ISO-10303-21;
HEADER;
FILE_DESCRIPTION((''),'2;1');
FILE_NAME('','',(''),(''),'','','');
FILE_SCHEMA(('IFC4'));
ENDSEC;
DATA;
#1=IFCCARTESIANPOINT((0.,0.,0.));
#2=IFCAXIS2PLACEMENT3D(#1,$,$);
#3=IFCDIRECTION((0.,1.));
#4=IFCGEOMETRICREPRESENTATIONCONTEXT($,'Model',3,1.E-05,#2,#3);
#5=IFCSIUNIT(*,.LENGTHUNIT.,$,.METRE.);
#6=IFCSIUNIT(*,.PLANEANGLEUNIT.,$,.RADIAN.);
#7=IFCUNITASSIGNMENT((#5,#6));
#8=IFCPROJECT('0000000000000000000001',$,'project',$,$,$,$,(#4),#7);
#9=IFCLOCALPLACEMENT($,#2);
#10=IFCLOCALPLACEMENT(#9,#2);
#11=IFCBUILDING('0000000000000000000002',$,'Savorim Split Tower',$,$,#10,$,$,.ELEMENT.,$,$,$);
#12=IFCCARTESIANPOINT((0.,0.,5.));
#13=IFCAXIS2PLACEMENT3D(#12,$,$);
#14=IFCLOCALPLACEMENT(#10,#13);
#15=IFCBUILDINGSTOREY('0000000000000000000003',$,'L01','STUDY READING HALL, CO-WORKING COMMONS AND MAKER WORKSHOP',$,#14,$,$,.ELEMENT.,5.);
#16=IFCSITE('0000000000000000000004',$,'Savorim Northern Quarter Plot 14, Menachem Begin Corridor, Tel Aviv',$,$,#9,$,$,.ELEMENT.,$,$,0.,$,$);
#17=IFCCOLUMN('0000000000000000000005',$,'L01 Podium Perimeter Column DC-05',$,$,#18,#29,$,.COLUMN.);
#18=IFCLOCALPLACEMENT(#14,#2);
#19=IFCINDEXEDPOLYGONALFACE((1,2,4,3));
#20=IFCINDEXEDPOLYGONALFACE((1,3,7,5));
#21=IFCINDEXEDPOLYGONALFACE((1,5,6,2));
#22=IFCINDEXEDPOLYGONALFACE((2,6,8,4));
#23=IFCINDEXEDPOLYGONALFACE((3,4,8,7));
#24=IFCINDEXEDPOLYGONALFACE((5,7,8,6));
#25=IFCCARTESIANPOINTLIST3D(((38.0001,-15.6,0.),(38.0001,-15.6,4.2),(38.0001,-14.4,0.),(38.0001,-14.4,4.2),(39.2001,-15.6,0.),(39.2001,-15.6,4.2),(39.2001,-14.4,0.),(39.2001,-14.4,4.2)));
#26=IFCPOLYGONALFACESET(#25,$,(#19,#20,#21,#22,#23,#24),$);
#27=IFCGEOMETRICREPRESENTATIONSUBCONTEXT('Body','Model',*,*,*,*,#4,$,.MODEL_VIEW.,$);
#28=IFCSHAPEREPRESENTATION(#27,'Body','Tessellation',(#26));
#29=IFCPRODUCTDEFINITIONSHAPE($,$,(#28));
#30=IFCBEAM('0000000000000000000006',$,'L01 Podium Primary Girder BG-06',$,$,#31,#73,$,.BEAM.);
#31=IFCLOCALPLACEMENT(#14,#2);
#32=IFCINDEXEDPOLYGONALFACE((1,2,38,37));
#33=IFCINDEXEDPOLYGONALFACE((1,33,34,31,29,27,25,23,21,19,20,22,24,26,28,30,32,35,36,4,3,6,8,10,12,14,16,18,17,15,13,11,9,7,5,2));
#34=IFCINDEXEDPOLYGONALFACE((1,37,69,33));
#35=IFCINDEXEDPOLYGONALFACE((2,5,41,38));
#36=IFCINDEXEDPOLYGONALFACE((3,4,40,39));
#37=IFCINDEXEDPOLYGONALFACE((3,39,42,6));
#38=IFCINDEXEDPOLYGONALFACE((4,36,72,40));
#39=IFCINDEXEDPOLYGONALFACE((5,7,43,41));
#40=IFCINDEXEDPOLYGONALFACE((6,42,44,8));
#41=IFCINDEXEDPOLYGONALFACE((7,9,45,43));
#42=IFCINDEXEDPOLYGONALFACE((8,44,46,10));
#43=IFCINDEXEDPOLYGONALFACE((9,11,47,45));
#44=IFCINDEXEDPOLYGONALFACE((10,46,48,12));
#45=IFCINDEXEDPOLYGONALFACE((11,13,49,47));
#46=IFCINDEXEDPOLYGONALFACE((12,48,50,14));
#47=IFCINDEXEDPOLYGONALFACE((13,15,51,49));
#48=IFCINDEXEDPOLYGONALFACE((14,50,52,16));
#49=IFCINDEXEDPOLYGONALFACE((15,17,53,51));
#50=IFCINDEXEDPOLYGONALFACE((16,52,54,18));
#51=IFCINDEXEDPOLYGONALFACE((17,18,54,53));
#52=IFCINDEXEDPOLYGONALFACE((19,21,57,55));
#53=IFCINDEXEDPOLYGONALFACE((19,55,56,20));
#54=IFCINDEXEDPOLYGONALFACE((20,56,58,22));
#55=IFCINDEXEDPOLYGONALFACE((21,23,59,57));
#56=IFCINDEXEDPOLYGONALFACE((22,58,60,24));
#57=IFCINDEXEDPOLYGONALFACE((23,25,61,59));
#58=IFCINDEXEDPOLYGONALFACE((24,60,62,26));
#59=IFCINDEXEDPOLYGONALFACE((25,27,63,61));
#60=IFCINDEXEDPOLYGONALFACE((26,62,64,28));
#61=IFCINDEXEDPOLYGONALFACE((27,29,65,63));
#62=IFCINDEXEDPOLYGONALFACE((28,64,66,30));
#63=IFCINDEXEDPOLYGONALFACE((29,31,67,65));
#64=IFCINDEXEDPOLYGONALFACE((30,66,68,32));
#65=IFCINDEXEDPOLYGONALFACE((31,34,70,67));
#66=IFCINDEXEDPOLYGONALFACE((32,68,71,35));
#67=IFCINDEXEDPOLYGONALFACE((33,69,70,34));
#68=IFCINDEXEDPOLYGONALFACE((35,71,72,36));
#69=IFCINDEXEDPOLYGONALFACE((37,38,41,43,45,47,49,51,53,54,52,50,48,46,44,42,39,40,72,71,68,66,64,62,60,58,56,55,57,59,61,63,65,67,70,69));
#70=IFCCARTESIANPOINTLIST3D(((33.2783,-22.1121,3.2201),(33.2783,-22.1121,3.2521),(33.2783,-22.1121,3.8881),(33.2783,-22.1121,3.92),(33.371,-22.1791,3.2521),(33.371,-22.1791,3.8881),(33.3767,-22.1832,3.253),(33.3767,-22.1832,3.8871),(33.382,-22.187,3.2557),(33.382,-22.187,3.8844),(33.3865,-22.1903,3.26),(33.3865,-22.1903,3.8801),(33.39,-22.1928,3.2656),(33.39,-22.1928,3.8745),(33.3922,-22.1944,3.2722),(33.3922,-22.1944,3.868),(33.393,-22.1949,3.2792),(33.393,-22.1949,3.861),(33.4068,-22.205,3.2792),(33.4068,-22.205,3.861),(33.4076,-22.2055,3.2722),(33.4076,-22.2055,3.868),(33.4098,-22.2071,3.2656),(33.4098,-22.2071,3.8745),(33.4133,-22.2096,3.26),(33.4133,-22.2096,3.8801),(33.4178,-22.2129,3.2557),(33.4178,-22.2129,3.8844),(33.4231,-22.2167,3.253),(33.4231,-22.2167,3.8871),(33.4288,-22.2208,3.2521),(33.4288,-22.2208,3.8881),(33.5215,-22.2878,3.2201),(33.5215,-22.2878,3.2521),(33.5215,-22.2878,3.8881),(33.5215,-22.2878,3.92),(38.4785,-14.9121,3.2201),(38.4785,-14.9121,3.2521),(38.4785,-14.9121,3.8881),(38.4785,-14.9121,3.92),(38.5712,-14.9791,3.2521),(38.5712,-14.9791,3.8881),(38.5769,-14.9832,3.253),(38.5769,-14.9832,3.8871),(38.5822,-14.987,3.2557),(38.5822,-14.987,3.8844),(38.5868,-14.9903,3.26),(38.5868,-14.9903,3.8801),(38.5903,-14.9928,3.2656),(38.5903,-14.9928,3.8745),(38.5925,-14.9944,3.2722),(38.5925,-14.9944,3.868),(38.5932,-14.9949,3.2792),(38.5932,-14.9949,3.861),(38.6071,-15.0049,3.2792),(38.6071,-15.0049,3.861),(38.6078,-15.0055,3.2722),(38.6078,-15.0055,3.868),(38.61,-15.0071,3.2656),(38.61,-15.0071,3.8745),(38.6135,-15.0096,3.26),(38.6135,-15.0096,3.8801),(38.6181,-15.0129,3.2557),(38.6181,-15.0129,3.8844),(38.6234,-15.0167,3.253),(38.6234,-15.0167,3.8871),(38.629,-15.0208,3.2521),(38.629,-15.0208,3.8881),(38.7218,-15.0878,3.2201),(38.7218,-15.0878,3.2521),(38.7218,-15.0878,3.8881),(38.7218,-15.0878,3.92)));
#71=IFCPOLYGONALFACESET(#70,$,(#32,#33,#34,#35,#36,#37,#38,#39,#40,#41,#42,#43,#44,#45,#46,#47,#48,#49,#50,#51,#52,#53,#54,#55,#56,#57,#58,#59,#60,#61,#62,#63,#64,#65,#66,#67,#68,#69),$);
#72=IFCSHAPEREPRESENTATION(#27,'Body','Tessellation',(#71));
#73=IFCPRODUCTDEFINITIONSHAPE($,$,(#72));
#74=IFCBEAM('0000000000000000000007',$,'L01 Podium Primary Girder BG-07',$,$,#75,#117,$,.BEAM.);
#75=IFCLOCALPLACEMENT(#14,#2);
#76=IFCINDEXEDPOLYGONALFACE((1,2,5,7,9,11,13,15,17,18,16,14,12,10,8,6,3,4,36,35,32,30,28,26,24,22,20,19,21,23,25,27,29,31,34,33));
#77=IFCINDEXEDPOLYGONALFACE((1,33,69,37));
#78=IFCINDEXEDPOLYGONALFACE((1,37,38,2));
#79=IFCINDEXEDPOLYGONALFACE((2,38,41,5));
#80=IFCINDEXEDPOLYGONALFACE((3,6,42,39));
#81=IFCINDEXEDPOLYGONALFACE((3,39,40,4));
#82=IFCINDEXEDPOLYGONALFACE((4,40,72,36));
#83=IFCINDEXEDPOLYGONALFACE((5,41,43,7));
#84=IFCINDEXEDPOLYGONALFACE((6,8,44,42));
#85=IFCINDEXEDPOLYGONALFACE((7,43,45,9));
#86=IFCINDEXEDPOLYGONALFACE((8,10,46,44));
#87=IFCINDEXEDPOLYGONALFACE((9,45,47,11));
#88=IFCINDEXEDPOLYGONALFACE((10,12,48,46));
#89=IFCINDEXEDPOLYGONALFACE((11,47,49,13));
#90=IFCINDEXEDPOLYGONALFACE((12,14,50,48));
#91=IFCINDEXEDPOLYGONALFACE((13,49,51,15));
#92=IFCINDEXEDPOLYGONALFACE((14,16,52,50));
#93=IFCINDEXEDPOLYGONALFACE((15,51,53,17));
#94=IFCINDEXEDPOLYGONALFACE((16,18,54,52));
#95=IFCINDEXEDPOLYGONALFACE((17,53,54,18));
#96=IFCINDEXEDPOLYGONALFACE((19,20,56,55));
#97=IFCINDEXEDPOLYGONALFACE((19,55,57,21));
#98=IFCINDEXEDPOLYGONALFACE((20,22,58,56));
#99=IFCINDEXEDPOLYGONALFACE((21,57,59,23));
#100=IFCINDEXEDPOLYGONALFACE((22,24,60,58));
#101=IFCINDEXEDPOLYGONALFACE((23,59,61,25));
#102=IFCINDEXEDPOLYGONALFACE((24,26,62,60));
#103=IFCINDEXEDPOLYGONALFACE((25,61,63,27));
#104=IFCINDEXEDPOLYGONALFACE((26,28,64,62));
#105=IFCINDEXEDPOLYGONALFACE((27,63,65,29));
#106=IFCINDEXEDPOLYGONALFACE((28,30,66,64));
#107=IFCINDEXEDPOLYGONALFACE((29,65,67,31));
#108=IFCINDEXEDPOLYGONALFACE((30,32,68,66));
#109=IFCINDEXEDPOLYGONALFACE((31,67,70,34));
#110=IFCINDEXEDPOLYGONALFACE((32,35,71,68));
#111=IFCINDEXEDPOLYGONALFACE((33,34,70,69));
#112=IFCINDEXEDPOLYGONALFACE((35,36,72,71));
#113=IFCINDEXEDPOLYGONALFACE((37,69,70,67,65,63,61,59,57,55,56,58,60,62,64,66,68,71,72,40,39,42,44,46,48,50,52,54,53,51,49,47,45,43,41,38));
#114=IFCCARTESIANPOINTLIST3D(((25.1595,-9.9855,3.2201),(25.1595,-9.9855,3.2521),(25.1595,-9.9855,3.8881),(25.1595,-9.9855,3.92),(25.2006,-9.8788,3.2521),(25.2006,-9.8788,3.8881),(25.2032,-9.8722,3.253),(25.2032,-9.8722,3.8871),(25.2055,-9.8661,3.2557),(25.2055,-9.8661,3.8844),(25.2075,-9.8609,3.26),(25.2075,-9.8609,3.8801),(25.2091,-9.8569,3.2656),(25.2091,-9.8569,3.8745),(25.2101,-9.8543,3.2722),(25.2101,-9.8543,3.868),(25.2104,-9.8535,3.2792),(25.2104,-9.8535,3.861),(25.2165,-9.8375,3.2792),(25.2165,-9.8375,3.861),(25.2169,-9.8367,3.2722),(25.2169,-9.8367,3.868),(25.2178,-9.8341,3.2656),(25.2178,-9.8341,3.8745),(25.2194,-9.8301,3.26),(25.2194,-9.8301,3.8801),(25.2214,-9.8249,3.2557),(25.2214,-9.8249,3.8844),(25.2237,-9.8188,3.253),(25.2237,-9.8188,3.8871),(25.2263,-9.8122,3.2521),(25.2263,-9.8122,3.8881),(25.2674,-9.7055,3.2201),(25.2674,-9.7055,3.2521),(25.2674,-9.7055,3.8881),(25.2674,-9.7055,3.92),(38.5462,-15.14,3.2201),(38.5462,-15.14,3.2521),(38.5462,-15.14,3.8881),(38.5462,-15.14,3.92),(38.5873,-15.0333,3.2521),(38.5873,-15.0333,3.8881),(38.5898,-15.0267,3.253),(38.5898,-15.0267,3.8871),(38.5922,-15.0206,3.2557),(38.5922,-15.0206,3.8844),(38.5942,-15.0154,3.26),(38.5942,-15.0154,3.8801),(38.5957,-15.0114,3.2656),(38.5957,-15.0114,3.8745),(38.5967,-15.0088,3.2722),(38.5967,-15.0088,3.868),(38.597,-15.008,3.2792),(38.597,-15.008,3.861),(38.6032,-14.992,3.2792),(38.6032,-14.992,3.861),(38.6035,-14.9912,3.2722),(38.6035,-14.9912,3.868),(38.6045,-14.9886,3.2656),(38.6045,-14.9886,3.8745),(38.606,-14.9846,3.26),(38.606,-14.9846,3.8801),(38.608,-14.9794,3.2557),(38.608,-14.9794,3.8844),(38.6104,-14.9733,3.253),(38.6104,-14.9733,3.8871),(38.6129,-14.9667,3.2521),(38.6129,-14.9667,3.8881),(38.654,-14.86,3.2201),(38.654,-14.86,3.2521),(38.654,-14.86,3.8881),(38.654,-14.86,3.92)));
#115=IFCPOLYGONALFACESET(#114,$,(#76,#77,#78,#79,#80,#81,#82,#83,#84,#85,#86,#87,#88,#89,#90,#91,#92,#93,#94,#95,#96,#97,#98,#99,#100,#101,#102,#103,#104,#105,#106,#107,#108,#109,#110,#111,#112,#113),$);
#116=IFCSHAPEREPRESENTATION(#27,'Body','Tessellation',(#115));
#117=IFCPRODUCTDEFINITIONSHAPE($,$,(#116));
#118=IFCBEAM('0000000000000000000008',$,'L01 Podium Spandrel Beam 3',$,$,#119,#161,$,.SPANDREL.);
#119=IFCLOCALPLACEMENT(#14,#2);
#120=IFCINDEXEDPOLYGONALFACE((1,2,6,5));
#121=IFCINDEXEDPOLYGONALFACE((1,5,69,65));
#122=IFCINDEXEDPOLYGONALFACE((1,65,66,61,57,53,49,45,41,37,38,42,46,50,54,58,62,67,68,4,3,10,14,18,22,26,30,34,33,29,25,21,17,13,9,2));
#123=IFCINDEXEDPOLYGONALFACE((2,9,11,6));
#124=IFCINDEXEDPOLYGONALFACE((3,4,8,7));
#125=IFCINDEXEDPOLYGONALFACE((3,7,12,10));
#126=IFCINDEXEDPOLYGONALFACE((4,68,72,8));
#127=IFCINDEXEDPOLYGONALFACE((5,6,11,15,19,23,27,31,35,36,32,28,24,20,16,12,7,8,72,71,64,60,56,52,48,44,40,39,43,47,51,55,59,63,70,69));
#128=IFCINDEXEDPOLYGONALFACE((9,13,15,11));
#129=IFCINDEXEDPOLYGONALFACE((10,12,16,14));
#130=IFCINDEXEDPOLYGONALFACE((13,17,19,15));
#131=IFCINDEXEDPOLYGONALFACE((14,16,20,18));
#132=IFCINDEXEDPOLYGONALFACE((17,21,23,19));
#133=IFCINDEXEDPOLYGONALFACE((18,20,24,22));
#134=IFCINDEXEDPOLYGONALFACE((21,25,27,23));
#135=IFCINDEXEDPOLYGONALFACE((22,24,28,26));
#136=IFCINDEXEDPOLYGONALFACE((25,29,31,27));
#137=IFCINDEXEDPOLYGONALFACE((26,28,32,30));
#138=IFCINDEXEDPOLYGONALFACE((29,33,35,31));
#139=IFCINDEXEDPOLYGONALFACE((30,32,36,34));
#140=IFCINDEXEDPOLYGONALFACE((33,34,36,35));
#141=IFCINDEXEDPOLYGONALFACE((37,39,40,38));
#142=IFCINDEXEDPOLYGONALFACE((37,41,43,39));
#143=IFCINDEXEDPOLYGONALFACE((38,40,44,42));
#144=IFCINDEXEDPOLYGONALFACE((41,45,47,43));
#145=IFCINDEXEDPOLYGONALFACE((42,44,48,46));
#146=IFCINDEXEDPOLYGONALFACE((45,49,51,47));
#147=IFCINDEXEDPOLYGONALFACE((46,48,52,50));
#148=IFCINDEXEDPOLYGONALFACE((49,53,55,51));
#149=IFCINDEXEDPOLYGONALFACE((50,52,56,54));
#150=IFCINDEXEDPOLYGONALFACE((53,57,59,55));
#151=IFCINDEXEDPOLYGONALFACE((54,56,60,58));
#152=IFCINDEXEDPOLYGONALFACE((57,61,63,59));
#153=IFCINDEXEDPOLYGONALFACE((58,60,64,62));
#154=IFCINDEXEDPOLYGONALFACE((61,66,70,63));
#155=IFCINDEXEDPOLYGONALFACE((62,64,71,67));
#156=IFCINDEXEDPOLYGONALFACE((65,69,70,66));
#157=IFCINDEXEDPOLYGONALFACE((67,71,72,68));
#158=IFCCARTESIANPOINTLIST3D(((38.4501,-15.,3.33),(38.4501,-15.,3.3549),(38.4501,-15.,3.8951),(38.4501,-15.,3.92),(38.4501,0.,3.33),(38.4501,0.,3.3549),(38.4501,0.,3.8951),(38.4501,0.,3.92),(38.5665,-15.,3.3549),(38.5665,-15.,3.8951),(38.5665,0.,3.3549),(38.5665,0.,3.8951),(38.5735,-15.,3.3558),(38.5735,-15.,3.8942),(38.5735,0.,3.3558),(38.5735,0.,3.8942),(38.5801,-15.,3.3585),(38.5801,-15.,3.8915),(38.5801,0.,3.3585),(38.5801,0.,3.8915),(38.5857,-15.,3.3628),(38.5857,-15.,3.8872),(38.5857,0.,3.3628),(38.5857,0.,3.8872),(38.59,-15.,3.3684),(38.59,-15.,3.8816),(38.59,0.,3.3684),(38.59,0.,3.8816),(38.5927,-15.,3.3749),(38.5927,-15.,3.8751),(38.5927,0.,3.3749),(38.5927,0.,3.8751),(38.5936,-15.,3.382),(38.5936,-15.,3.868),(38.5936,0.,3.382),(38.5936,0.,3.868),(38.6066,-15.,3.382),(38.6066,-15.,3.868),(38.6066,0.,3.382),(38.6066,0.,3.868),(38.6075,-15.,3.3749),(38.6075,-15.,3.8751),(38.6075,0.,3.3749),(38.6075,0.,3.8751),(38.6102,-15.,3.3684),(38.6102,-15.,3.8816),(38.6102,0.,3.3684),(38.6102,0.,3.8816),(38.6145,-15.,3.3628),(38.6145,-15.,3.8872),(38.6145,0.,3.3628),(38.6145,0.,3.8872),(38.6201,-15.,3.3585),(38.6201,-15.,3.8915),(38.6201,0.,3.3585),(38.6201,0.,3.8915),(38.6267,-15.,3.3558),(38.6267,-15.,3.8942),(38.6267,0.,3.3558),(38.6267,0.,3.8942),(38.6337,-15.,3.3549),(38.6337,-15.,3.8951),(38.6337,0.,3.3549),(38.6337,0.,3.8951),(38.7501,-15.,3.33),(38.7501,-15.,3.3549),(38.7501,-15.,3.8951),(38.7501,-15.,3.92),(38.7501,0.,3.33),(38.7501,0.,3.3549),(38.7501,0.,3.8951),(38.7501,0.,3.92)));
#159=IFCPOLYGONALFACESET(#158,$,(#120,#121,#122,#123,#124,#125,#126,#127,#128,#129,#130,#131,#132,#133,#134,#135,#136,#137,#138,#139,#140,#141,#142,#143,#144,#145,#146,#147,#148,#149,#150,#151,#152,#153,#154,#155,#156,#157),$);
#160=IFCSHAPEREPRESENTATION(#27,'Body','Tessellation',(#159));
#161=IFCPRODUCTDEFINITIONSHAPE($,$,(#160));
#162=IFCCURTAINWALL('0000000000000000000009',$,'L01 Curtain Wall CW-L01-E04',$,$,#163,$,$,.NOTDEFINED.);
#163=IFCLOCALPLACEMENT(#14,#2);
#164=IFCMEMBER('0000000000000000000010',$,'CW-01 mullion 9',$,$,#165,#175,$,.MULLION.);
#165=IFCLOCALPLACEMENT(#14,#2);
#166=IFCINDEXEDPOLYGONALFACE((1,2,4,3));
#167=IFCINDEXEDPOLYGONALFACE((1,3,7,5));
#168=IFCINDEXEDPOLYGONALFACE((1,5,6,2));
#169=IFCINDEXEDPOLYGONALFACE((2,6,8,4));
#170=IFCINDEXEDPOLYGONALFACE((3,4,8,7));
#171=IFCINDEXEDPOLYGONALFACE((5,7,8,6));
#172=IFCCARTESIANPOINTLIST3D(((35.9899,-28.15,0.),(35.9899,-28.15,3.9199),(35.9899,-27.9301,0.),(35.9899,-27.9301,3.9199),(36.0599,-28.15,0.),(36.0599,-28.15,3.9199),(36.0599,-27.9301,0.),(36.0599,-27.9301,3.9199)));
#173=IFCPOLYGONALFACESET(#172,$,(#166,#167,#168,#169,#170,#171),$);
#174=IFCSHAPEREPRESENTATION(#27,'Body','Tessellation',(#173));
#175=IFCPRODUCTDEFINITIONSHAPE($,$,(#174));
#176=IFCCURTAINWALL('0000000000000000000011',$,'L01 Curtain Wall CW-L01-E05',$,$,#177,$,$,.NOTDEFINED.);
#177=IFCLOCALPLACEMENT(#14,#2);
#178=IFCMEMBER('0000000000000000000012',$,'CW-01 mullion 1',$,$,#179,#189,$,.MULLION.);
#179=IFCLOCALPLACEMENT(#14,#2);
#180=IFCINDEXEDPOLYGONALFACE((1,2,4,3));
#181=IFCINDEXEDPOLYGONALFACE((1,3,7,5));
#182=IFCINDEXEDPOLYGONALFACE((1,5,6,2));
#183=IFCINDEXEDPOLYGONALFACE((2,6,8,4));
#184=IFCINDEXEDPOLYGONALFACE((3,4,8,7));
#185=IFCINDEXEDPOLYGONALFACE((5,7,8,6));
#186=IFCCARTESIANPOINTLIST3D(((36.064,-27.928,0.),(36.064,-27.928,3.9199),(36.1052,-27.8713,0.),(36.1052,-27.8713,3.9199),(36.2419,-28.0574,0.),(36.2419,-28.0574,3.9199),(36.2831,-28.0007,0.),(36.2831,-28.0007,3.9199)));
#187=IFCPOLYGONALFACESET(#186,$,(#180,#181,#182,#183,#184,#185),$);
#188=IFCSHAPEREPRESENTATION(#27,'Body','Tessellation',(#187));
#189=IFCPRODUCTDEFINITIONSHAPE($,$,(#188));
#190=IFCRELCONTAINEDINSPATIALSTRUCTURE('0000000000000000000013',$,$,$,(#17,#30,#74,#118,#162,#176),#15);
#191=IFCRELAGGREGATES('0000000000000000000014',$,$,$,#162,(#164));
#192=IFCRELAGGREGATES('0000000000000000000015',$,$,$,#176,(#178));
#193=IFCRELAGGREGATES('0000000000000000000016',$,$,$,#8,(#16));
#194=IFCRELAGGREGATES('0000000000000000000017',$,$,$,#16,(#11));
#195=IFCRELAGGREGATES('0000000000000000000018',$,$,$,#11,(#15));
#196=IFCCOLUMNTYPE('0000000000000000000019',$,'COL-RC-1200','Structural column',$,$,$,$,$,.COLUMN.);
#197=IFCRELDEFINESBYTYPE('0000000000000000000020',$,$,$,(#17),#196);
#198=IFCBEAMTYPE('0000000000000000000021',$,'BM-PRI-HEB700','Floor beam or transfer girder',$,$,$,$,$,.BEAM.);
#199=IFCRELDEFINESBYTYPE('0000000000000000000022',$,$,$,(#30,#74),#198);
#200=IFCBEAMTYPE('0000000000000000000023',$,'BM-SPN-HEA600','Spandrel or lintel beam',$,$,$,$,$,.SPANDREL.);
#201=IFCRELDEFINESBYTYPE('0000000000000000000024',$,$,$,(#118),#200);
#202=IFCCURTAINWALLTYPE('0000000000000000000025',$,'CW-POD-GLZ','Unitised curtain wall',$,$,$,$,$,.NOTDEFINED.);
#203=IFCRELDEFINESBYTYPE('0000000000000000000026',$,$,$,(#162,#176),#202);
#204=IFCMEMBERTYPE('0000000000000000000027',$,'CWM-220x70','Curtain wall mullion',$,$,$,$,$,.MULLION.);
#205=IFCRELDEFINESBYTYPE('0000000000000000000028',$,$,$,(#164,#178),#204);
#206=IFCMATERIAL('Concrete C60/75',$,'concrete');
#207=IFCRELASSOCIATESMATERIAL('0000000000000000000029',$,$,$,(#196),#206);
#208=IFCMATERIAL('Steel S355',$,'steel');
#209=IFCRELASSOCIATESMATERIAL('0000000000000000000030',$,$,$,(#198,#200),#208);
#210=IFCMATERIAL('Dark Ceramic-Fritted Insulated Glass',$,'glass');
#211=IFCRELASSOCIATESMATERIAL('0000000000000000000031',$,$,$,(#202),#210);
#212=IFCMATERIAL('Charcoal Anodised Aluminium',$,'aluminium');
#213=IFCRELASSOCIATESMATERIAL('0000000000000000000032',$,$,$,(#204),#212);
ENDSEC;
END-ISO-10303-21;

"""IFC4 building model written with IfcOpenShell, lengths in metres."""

from ifc_helpers import new_model, si_unit, direction, frame, origin, origin_2d, place, context, subcontext, project, spatial, rectangle, i_section, extrude, material, material_profile, profile_set, type_object, element, aggregate, save


model = new_model("IFC4")

# Units and contexts
model_context = context("Model", 3, precision=1e-05, world=origin(), true_north=direction((0.0, 1.0)))
body_context = subcontext(model_context, "Body", "Model", "MODEL_VIEW")
ifc_project = project(units=[si_unit("LENGTHUNIT", "METRE"), si_unit("PLANEANGLEUNIT", "RADIAN")], contexts=[model_context])

# Site, building, storey
site_placement = place(None, origin())
site = spatial("IfcSite", under=ifc_project, at=site_placement, Name="Savorim Northern Quarter Plot 14, Menachem Begin Corridor, Tel Aviv", CompositionType="ELEMENT", RefElevation=0.0)
building_placement = place(site_placement, origin())
building = spatial("IfcBuilding", under=site, at=building_placement, Name="Savorim Split Tower", CompositionType="ELEMENT")
storey_placement = place(building_placement, frame((0.0, 0.0, 5.0)))
storey = spatial("IfcBuildingStorey", under=building, at=storey_placement, Name="L01", Description="STUDY READING HALL, CO-WORKING COMMONS AND MAKER WORKSHOP", CompositionType="ELEMENT", Elevation=5.0)

# Column
ifc_material_1 = material(Name="Concrete C60/75", Category="concrete")
ifc_material_profile_1 = material_profile(ifc_material_1, rectangle(XDim=1.2, YDim=1.2, at=origin_2d()), Name="RC 1200x1200")
ifc_profile_set_1 = profile_set([ifc_material_profile_1], Name="Concrete C60/75")
column_type = type_object("IfcColumnType", Name="COL-RC-1200", Description="Structural column", PredefinedType="COLUMN", material=ifc_profile_set_1)
column_placement = place(storey_placement, frame((38.6001, -15.0, 0.0), z_axis=(0.0, 0.0, 1.0), x_axis=(1.0, 0.0, 0.0)))
element("IfcColumn", 1, at=column_placement, inside=storey, type_object=column_type, Name="L01 Podium Perimeter Column DC-05", PredefinedType="COLUMN", context=body_context, shape_type="SweptSolid", body=[
    extrude(rectangle(XDim=1.2, YDim=1.2, at=origin_2d()), origin(), (0.0, 0.0, 1.0), 4.2),
])

# Beams
ifc_material_2 = material(Name="Steel S355", Category="steel")
ifc_material_profile_2 = material_profile(ifc_material_2, i_section(OverallWidth=0.3, OverallDepth=0.7, WebThickness=0.0171, FlangeThickness=0.032, FilletRadius=0.0271, at=origin_2d()), Name="HEB 700")
ifc_profile_set_2 = profile_set([ifc_material_profile_2], Name="Steel S355")
beam_type_1 = type_object("IfcBeamType", Name="BM-PRI-HEB700", Description="Floor beam or transfer girder", PredefinedType="BEAM", material=ifc_profile_set_2)
beam_1_placement = place(storey_placement, frame((33.3999, -22.2, 3.5701), z_axis=(0.585508, 0.810667, 0.0), x_axis=(-0.810667, 0.585508, 0.0)))
element("IfcBeam", 2, at=beam_1_placement, inside=storey, type_object=beam_type_1, Name="L01 Podium Primary Girder BG-06", PredefinedType="BEAM", context=body_context, shape_type="SweptSolid", body=[
    extrude(i_section(OverallWidth=0.3, OverallDepth=0.7, WebThickness=0.0171, FlangeThickness=0.032, FilletRadius=0.0271, at=origin_2d()), origin(), (0.0, 0.0, 1.0), 8.8816),
])
beam_2_placement = place(storey_placement, frame((38.6001, -15.0, 3.5701), z_axis=(-0.93321, 0.359331, 0.0), x_axis=(-0.359331, -0.93321, 0.0)))
element("IfcBeam", 3, at=beam_2_placement, inside=storey, type_object=beam_type_1, Name="L01 Podium Primary Girder BG-07", PredefinedType="BEAM", context=body_context, shape_type="SweptSolid", body=[
    extrude(i_section(OverallWidth=0.3, OverallDepth=0.7, WebThickness=0.0171, FlangeThickness=0.032, FilletRadius=0.0271, at=origin_2d()), origin(), (0.0, 0.0, 1.0), 14.3447),
])
ifc_material_profile_3 = material_profile(ifc_material_2, i_section(OverallWidth=0.3, OverallDepth=0.5901, WebThickness=0.0129, FlangeThickness=0.0249, FilletRadius=0.0271, at=origin_2d()), Name="HEA 600")
ifc_profile_set_3 = profile_set([ifc_material_profile_3], Name="Steel S355")
beam_type_2 = type_object("IfcBeamType", Name="BM-SPN-HEA600", Description="Spandrel or lintel beam", PredefinedType="SPANDREL", material=ifc_profile_set_3)
beam_3_placement = place(storey_placement, frame((38.6001, -15.0, 3.625), z_axis=(0.0, 1.0, 0.0), x_axis=(-1.0, 0.0, 0.0)))
element("IfcBeam", 4, at=beam_3_placement, inside=storey, type_object=beam_type_2, Name="L01 Podium Spandrel Beam 3", PredefinedType="SPANDREL", context=body_context, shape_type="SweptSolid", body=[
    extrude(i_section(OverallWidth=0.3, OverallDepth=0.5901, WebThickness=0.0129, FlangeThickness=0.0249, FilletRadius=0.0271, at=origin_2d()), origin(), (0.0, 0.0, 1.0), 15.0),
])

# Curtain wall, member
ifc_material_3 = material(Name="Dark Ceramic-Fritted Insulated Glass", Category="glass")
curtain_wall_type = type_object("IfcCurtainWallType", Name="CW-POD-GLZ", Description="Unitised curtain wall", PredefinedType="NOTDEFINED", material=ifc_material_3)
curtain_wall_1_placement = place(storey_placement, origin())
curtain_wall_1 = element("IfcCurtainWall", 5, at=curtain_wall_1_placement, inside=storey, type_object=curtain_wall_type, Name="L01 Curtain Wall CW-L01-E04", PredefinedType="NOTDEFINED")
ifc_material_4 = material(Name="Charcoal Anodised Aluminium", Category="aluminium")
ifc_material_profile_4 = material_profile(ifc_material_4, rectangle(XDim=0.22, YDim=0.0701, at=origin_2d()), Name="ALU-M 220x70")
ifc_profile_set_4 = profile_set([ifc_material_profile_4], Name="Charcoal Anodised Aluminium")
member_type_1 = type_object("IfcMemberType", Name="CWM-220x70", Description="Curtain wall mullion", PredefinedType="MULLION", material=ifc_profile_set_4)
member_1_placement = place(storey_placement, frame((36.0249, -28.04, 0.0), z_axis=(0.0, 0.0, 1.0), x_axis=(0.0, 1.0, 0.0)))
member_1 = element("IfcMember", 6, at=member_1_placement, type_object=member_type_1, Name="CW-01 mullion 9", PredefinedType="MULLION", context=body_context, shape_type="SweptSolid", body=[
    extrude(rectangle(XDim=0.22, YDim=0.0701, at=origin_2d()), origin(), (0.0, 0.0, 1.0), 3.9199),
])
aggregate(curtain_wall_1, [member_1])

# Curtain wall, member
curtain_wall_2_placement = place(storey_placement, origin())
curtain_wall_2 = element("IfcCurtainWall", 7, at=curtain_wall_2_placement, inside=storey, type_object=curtain_wall_type, Name="L01 Curtain Wall CW-L01-E05", PredefinedType="NOTDEFINED")
member_2_placement = place(storey_placement, frame((36.1736, -27.9644, 0.0), z_axis=(0.0, 0.0, 1.0), x_axis=(-0.808733, 0.588176, 0.0)))
member_2 = element("IfcMember", 8, at=member_2_placement, type_object=member_type_1, Name="CW-01 mullion 1", PredefinedType="MULLION", context=body_context, shape_type="SweptSolid", body=[
    extrude(rectangle(XDim=0.22, YDim=0.0701, at=origin_2d()), origin(), (0.0, 0.0, 1.0), 3.9199),
])

aggregate(curtain_wall_2, [member_2])

save(model, "model.ifc")
